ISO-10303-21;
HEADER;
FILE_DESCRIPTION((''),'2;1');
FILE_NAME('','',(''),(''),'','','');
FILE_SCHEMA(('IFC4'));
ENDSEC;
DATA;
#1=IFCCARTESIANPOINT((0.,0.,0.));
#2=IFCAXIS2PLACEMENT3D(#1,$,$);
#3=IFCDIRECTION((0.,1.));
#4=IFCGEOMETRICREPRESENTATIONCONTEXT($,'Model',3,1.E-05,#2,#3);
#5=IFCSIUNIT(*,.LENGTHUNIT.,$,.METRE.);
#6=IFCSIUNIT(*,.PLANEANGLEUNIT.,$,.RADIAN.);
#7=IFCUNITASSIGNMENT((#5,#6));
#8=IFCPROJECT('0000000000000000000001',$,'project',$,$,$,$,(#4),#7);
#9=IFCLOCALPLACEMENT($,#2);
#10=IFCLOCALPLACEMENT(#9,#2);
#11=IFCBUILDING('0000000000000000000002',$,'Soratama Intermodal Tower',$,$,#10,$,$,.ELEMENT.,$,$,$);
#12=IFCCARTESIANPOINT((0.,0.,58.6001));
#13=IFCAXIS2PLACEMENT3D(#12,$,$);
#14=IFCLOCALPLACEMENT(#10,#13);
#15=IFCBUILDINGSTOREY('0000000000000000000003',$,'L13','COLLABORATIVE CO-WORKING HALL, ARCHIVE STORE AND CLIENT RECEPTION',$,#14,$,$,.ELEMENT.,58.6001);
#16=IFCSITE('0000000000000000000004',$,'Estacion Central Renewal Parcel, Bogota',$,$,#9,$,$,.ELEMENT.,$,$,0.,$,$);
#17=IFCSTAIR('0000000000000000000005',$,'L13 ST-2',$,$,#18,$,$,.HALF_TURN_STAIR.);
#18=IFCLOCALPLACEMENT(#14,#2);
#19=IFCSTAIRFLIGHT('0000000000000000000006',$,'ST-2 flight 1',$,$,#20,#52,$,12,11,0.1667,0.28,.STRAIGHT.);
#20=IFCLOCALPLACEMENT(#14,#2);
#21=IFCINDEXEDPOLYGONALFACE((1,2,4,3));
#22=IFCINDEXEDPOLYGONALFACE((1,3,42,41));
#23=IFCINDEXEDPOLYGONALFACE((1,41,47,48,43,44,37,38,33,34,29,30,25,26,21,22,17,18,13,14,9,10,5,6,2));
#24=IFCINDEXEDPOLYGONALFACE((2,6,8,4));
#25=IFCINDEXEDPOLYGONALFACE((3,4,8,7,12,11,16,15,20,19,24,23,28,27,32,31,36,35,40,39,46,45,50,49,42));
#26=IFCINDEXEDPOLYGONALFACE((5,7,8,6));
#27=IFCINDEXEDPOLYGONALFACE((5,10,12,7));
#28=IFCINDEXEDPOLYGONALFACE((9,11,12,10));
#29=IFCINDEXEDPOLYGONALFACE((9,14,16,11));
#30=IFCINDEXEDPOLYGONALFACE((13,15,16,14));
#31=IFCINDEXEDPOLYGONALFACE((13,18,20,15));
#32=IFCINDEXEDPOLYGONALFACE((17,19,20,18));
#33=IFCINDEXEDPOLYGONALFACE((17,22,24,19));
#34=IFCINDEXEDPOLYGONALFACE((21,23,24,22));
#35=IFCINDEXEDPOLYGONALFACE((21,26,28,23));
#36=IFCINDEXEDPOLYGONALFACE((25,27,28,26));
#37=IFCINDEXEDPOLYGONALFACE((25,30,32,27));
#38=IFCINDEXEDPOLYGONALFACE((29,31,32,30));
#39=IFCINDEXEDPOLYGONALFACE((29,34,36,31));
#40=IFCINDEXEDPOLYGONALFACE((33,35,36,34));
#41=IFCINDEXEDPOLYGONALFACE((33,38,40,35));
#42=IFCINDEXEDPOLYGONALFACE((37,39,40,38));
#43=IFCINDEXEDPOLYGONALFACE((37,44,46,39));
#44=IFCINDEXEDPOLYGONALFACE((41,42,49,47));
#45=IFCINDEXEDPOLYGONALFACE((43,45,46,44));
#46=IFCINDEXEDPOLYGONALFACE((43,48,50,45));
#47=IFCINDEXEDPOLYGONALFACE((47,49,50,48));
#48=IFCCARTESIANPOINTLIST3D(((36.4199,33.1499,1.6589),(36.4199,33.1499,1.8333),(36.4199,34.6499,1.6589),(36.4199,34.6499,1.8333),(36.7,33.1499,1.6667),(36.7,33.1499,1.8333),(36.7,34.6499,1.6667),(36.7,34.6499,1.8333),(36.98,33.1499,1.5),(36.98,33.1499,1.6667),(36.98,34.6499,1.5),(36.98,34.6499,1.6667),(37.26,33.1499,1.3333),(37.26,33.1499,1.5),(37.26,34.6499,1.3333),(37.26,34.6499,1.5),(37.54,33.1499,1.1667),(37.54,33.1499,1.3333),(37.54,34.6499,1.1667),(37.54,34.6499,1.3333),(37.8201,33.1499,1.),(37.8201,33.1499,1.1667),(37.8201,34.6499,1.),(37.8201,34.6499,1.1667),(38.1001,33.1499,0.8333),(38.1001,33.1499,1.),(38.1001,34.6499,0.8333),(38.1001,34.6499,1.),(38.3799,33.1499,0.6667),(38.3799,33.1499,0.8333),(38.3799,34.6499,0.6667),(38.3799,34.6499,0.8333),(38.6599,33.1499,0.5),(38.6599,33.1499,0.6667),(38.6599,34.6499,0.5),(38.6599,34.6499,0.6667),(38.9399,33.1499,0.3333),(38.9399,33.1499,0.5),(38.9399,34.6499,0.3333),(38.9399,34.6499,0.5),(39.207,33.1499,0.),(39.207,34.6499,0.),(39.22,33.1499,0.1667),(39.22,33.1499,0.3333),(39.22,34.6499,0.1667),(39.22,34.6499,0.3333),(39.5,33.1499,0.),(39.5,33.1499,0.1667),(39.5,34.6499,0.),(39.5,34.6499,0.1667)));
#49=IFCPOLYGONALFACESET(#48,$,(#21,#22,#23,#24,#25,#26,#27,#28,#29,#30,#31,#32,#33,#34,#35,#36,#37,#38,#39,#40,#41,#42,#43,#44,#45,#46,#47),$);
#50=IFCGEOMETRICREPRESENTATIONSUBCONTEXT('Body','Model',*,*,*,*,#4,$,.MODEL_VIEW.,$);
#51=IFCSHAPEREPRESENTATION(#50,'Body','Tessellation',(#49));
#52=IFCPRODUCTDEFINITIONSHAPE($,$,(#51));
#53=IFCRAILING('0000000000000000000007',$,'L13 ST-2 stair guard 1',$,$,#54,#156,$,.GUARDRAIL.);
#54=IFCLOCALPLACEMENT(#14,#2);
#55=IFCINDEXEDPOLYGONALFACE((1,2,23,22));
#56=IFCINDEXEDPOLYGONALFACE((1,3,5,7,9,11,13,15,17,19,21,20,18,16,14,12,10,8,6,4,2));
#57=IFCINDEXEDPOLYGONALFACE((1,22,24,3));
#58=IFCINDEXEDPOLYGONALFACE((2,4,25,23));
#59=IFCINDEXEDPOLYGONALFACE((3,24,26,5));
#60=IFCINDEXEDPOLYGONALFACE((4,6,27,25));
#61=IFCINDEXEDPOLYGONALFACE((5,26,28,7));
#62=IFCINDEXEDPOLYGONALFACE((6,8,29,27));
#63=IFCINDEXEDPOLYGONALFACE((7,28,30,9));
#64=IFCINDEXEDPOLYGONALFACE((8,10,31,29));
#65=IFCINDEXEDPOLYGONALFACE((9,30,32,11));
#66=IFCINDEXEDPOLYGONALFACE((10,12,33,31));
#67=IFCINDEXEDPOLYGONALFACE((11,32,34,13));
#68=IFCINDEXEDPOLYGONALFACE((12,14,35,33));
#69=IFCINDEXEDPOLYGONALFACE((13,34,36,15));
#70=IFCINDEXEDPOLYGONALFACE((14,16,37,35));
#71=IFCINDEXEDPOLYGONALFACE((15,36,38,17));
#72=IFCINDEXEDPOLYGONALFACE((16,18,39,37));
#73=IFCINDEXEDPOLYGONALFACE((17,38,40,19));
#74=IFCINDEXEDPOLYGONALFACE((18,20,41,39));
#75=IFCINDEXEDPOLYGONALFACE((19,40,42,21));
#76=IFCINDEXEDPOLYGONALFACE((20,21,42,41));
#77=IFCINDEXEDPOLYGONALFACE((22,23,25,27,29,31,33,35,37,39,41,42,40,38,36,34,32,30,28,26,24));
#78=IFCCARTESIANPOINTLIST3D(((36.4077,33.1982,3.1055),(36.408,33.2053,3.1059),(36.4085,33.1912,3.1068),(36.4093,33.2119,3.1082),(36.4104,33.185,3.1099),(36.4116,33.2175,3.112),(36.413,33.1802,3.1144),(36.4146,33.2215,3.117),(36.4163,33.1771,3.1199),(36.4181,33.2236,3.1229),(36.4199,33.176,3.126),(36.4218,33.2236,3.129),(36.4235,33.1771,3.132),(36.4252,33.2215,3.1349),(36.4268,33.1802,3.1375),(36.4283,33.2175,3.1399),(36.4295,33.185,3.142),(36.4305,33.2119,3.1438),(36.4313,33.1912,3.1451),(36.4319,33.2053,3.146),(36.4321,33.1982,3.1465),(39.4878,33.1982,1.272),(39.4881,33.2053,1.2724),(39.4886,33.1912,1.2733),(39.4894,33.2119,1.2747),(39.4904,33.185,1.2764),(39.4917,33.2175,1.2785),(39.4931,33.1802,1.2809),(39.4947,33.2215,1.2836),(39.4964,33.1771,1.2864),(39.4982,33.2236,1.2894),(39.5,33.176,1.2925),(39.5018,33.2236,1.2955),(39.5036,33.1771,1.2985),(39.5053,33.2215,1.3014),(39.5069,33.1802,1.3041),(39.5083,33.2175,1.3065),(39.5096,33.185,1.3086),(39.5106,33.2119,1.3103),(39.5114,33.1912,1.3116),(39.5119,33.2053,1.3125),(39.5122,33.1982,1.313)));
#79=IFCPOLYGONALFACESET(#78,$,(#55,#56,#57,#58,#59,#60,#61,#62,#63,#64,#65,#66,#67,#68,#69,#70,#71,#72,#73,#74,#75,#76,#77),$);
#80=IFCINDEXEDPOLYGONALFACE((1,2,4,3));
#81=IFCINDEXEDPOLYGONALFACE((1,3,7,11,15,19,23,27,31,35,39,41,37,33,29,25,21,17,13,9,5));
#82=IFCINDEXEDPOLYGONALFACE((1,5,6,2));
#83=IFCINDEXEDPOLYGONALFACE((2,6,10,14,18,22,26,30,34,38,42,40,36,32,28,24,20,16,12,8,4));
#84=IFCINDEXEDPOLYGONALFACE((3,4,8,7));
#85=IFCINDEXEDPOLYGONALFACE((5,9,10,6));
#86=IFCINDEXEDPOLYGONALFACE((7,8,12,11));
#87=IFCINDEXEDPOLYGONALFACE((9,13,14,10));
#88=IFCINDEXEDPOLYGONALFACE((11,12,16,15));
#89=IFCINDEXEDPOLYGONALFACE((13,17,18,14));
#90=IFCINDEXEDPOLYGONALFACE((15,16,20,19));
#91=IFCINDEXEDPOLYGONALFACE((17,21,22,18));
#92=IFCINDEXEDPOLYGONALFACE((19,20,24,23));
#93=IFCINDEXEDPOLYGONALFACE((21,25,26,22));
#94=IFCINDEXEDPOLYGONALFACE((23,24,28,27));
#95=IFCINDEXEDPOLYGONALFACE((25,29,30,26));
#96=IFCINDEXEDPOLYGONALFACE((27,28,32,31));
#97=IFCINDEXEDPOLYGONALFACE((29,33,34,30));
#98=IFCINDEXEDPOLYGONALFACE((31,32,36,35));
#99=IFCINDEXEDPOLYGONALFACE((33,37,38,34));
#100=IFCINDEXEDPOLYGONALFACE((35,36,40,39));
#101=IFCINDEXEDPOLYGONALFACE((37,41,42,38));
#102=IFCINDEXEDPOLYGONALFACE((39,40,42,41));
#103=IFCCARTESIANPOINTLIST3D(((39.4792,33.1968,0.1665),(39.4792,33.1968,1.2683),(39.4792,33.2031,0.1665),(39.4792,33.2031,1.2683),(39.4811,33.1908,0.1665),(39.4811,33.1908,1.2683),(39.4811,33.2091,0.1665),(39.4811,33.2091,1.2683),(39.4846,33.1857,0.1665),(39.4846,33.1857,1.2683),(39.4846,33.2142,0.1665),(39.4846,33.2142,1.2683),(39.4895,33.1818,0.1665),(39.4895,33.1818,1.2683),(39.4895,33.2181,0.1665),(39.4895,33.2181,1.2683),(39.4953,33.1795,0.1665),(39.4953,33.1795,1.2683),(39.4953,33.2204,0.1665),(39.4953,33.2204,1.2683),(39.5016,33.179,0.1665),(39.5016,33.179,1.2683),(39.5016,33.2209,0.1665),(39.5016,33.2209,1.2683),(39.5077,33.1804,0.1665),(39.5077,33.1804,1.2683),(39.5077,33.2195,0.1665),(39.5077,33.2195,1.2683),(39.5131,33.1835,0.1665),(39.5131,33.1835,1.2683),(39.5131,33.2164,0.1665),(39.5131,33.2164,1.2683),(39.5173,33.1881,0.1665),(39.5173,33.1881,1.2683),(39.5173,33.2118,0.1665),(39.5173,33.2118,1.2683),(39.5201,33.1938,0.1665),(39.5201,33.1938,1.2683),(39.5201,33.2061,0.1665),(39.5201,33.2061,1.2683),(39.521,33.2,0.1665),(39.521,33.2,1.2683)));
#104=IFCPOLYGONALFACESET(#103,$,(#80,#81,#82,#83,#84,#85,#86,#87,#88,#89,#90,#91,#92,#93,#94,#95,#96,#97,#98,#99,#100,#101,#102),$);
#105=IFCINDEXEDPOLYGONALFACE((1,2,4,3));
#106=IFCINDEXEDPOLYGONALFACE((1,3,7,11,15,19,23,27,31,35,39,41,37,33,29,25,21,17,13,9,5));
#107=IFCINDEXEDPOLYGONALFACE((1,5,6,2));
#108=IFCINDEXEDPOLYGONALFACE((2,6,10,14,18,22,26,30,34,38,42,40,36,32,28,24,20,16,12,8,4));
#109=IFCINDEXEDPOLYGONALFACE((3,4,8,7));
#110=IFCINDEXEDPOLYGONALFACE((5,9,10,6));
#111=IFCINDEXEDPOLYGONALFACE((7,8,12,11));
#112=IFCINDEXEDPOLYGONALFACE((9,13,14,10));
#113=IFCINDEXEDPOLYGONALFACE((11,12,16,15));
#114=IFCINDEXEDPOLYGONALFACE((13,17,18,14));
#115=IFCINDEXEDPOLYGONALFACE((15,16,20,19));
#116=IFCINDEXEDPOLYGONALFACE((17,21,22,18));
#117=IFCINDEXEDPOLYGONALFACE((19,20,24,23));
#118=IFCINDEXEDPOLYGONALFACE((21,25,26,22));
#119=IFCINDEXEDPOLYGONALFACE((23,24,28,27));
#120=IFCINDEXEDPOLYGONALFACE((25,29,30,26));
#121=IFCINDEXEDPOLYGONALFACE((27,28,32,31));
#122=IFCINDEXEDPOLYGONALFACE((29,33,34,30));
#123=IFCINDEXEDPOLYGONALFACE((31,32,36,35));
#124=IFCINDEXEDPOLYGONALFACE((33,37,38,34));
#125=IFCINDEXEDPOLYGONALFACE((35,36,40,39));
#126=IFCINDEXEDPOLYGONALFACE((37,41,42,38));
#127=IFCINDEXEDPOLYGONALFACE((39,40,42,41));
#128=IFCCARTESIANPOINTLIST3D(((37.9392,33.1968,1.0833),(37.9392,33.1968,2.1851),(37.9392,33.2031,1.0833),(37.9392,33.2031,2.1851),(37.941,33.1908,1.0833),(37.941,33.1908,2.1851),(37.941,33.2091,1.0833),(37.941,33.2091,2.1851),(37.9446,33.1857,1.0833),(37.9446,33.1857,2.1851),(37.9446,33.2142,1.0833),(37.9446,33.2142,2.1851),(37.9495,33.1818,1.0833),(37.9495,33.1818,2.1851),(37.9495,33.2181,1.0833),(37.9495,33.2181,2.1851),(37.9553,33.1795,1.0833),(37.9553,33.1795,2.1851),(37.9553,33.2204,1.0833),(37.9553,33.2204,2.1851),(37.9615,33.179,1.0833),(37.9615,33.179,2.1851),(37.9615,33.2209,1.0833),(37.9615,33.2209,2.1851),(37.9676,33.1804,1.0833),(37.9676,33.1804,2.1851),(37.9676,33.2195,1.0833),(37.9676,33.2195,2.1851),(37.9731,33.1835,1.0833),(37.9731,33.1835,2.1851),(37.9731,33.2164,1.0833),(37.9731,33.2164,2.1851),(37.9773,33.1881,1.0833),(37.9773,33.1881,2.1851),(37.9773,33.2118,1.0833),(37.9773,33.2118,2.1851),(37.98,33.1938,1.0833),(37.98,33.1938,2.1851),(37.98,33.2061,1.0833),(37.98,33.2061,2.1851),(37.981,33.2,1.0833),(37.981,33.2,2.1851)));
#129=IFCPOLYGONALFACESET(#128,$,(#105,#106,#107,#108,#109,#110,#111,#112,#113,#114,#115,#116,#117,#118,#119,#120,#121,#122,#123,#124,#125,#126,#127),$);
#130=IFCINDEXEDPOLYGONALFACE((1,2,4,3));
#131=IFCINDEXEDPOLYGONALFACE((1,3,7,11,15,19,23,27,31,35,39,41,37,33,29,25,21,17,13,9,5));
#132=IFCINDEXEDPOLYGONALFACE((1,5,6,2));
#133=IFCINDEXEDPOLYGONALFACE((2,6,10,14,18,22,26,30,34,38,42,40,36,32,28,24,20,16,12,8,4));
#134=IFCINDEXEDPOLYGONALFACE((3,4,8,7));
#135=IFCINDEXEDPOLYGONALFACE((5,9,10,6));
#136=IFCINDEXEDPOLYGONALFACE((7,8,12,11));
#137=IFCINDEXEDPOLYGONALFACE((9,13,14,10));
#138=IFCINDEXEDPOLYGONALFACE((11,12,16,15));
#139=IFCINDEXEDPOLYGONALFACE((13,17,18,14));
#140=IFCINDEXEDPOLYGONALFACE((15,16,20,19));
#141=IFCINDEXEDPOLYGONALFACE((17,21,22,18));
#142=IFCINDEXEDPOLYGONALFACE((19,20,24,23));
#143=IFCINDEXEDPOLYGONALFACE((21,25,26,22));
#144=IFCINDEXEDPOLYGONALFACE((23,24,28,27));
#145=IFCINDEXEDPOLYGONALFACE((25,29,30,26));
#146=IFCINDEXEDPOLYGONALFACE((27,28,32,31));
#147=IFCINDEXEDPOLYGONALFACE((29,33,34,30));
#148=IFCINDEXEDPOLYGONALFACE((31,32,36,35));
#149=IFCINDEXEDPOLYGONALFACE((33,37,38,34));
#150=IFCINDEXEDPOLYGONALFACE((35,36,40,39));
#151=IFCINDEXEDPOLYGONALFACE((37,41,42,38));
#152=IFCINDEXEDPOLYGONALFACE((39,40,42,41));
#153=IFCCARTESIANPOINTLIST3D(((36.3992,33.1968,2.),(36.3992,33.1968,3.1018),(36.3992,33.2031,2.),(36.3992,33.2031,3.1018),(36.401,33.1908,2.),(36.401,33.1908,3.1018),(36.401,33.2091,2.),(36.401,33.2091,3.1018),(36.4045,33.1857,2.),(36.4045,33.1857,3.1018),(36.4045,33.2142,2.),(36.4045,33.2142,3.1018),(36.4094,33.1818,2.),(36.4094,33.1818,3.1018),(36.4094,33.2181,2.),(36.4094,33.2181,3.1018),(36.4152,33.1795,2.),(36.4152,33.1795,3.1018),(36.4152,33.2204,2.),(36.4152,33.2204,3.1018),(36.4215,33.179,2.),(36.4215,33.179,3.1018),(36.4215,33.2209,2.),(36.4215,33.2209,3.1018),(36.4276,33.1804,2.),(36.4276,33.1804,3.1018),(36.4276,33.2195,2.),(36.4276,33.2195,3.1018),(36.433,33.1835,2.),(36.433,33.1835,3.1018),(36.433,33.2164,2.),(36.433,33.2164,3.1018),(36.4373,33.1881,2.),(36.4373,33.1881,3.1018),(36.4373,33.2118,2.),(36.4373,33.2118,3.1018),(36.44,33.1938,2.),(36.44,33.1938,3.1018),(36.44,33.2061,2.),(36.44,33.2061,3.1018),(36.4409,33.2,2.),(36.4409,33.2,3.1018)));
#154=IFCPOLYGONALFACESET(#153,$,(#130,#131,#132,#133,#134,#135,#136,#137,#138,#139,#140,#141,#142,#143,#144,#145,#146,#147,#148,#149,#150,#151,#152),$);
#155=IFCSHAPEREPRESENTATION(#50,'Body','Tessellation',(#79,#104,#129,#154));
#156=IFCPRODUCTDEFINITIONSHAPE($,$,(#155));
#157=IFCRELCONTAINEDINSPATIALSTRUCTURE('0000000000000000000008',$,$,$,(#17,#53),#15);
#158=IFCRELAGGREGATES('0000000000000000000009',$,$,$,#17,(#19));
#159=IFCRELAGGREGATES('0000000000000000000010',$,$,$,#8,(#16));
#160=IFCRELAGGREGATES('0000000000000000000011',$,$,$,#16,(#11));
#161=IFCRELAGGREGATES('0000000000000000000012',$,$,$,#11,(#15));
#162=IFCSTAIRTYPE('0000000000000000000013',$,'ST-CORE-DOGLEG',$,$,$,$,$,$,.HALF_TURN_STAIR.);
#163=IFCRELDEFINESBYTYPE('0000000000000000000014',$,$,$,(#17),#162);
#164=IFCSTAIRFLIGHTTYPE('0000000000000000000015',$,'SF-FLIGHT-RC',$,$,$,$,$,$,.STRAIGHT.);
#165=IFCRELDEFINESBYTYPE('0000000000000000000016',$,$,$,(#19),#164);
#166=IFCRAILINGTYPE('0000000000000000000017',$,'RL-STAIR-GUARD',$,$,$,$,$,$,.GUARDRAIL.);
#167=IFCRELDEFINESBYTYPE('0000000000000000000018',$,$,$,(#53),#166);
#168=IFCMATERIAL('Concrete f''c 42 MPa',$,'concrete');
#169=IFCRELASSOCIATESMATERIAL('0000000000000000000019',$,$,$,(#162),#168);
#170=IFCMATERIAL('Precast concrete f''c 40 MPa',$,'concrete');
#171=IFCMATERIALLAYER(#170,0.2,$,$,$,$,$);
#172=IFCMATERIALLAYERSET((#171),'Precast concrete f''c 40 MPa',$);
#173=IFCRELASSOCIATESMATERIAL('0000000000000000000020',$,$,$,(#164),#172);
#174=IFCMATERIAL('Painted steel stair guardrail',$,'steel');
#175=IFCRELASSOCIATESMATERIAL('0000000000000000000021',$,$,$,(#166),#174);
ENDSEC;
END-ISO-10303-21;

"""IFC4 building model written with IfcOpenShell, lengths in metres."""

from ifc_helpers import new_model, si_unit, direction, frame, origin, origin_2d, place, context, subcontext, project, spatial, polyline, circle, outline, extrude, material, layer, layer_set, type_object, element, aggregate, save


model = new_model("IFC4")

# Units and contexts
model_context = context("Model", 3, precision=1e-05, world=origin(), true_north=direction((0.0, 1.0)))
body_context = subcontext(model_context, "Body", "Model", "MODEL_VIEW")
ifc_project = project(units=[si_unit("LENGTHUNIT", "METRE"), si_unit("PLANEANGLEUNIT", "RADIAN")], contexts=[model_context])

# Site, building, storey
site_placement = place(None, origin())
site = spatial("IfcSite", under=ifc_project, at=site_placement, Name="Estacion Central Renewal Parcel, Bogota", CompositionType="ELEMENT", RefElevation=0.0)
building_placement = place(site_placement, origin())
building = spatial("IfcBuilding", under=site, at=building_placement, Name="Soratama Intermodal Tower", CompositionType="ELEMENT")
storey_placement = place(building_placement, frame((0.0, 0.0, 58.6001)))
storey = spatial("IfcBuildingStorey", under=building, at=storey_placement, Name="L13", Description="COLLABORATIVE CO-WORKING HALL, ARCHIVE STORE AND CLIENT RECEPTION", CompositionType="ELEMENT", Elevation=58.6001)

# Stair, stair flight
ifc_material_1 = material(Name="Concrete f'c 42 MPa", Category="concrete")
stair_type = type_object("IfcStairType", Name="ST-CORE-DOGLEG", PredefinedType="HALF_TURN_STAIR", material=ifc_material_1)
stair_placement = place(storey_placement, origin())
stair = element("IfcStair", 1, at=stair_placement, inside=storey, type_object=stair_type, Name="L13 ST-2", PredefinedType="HALF_TURN_STAIR")
ifc_material_2 = material(Name="Precast concrete f'c 40 MPa", Category="concrete")
ifc_layer_1 = layer(ifc_material_2, 0.2)
ifc_layer_set_1 = layer_set([ifc_layer_1], Name="Precast concrete f'c 40 MPa")
stair_flight_type = type_object("IfcStairFlightType", Name="SF-FLIGHT-RC", PredefinedType="STRAIGHT", material=ifc_layer_set_1)
stair_flight_placement = place(storey_placement, frame((39.5, 33.8999, 0.0), z_axis=(0.0, 0.0, 1.0), x_axis=(-1.0, 0.0, 0.0)))
stair_flight = element("IfcStairFlight", 2, at=stair_flight_placement, type_object=stair_flight_type, Name="ST-2 flight 1", NumberOfRisers=12, NumberOfTreads=11, PredefinedType="STRAIGHT", RiserHeight=0.1667, TreadLength=0.28, context=body_context, shape_type="SweptSolid", body=[
    extrude(outline(polyline([(0.0, 0.0), (0.0, 0.1667), (0.28, 0.1667), (0.28, 0.3333), (0.5601, 0.3333), (0.5601, 0.5), (0.8401, 0.5), (0.8401, 0.6667), (1.1201, 0.6667), (1.1201, 0.8333), (1.3999, 0.8333), (1.3999, 1.0), (1.6799, 1.0), (1.6799, 1.1667), (1.96, 1.1667), (1.96, 1.3333), (2.24, 1.3333), (2.24, 1.5), (2.52, 1.5), (2.52, 1.6667), (2.8, 1.6667), (2.8, 1.8333), (3.0801, 1.8333), (3.0801, 2.0), (3.0801, 1.6589), (0.293, 0.0), (0.0, 0.0)])), frame((0.0, 0.75, 0.0), z_axis=(0.0, -1.0, 0.0), x_axis=(1.0, 0.0, 0.0)), (0.0, 0.0, 1.0), 1.5),
])
aggregate(stair, [stair_flight])

# Railing
ifc_material_3 = material(Name="Painted steel stair guardrail", Category="steel")
railing_type_1 = type_object("IfcRailingType", Name="RL-STAIR-GUARD", PredefinedType="GUARDRAIL", material=ifc_material_3)
railing_1_placement = place(storey_placement, frame((39.5, 33.2, 0.1665)))
element("IfcRailing", 3, at=railing_1_placement, inside=storey, type_object=railing_type_1, Name="L13 ST-2 stair guard 1", PredefinedType="GUARDRAIL", context=body_context, shape_type="SweptSolid", body=[
    extrude(circle(Radius=0.0239, at=origin_2d()), frame((0.0, 0.0, 1.126), z_axis=(-0.859279, 0.0, 0.511508), x_axis=(0.0, -1.0, 0.0)), (0.0, 0.0, 1.0), 3.5845),
    extrude(circle(Radius=0.021, at=origin_2d()), origin(), (0.0, 0.0, 1.0), 1.1018),
    extrude(circle(Radius=0.021, at=origin_2d()), frame((-1.54, 0.0, 0.9167)), (0.0, 0.0, 1.0), 1.1018),
    extrude(circle(Radius=0.021, at=origin_2d()), frame((-3.0801, 0.0, 1.8335)), (0.0, 0.0, 1.0), 1.1018),
])

save(model, "model.ifc")
